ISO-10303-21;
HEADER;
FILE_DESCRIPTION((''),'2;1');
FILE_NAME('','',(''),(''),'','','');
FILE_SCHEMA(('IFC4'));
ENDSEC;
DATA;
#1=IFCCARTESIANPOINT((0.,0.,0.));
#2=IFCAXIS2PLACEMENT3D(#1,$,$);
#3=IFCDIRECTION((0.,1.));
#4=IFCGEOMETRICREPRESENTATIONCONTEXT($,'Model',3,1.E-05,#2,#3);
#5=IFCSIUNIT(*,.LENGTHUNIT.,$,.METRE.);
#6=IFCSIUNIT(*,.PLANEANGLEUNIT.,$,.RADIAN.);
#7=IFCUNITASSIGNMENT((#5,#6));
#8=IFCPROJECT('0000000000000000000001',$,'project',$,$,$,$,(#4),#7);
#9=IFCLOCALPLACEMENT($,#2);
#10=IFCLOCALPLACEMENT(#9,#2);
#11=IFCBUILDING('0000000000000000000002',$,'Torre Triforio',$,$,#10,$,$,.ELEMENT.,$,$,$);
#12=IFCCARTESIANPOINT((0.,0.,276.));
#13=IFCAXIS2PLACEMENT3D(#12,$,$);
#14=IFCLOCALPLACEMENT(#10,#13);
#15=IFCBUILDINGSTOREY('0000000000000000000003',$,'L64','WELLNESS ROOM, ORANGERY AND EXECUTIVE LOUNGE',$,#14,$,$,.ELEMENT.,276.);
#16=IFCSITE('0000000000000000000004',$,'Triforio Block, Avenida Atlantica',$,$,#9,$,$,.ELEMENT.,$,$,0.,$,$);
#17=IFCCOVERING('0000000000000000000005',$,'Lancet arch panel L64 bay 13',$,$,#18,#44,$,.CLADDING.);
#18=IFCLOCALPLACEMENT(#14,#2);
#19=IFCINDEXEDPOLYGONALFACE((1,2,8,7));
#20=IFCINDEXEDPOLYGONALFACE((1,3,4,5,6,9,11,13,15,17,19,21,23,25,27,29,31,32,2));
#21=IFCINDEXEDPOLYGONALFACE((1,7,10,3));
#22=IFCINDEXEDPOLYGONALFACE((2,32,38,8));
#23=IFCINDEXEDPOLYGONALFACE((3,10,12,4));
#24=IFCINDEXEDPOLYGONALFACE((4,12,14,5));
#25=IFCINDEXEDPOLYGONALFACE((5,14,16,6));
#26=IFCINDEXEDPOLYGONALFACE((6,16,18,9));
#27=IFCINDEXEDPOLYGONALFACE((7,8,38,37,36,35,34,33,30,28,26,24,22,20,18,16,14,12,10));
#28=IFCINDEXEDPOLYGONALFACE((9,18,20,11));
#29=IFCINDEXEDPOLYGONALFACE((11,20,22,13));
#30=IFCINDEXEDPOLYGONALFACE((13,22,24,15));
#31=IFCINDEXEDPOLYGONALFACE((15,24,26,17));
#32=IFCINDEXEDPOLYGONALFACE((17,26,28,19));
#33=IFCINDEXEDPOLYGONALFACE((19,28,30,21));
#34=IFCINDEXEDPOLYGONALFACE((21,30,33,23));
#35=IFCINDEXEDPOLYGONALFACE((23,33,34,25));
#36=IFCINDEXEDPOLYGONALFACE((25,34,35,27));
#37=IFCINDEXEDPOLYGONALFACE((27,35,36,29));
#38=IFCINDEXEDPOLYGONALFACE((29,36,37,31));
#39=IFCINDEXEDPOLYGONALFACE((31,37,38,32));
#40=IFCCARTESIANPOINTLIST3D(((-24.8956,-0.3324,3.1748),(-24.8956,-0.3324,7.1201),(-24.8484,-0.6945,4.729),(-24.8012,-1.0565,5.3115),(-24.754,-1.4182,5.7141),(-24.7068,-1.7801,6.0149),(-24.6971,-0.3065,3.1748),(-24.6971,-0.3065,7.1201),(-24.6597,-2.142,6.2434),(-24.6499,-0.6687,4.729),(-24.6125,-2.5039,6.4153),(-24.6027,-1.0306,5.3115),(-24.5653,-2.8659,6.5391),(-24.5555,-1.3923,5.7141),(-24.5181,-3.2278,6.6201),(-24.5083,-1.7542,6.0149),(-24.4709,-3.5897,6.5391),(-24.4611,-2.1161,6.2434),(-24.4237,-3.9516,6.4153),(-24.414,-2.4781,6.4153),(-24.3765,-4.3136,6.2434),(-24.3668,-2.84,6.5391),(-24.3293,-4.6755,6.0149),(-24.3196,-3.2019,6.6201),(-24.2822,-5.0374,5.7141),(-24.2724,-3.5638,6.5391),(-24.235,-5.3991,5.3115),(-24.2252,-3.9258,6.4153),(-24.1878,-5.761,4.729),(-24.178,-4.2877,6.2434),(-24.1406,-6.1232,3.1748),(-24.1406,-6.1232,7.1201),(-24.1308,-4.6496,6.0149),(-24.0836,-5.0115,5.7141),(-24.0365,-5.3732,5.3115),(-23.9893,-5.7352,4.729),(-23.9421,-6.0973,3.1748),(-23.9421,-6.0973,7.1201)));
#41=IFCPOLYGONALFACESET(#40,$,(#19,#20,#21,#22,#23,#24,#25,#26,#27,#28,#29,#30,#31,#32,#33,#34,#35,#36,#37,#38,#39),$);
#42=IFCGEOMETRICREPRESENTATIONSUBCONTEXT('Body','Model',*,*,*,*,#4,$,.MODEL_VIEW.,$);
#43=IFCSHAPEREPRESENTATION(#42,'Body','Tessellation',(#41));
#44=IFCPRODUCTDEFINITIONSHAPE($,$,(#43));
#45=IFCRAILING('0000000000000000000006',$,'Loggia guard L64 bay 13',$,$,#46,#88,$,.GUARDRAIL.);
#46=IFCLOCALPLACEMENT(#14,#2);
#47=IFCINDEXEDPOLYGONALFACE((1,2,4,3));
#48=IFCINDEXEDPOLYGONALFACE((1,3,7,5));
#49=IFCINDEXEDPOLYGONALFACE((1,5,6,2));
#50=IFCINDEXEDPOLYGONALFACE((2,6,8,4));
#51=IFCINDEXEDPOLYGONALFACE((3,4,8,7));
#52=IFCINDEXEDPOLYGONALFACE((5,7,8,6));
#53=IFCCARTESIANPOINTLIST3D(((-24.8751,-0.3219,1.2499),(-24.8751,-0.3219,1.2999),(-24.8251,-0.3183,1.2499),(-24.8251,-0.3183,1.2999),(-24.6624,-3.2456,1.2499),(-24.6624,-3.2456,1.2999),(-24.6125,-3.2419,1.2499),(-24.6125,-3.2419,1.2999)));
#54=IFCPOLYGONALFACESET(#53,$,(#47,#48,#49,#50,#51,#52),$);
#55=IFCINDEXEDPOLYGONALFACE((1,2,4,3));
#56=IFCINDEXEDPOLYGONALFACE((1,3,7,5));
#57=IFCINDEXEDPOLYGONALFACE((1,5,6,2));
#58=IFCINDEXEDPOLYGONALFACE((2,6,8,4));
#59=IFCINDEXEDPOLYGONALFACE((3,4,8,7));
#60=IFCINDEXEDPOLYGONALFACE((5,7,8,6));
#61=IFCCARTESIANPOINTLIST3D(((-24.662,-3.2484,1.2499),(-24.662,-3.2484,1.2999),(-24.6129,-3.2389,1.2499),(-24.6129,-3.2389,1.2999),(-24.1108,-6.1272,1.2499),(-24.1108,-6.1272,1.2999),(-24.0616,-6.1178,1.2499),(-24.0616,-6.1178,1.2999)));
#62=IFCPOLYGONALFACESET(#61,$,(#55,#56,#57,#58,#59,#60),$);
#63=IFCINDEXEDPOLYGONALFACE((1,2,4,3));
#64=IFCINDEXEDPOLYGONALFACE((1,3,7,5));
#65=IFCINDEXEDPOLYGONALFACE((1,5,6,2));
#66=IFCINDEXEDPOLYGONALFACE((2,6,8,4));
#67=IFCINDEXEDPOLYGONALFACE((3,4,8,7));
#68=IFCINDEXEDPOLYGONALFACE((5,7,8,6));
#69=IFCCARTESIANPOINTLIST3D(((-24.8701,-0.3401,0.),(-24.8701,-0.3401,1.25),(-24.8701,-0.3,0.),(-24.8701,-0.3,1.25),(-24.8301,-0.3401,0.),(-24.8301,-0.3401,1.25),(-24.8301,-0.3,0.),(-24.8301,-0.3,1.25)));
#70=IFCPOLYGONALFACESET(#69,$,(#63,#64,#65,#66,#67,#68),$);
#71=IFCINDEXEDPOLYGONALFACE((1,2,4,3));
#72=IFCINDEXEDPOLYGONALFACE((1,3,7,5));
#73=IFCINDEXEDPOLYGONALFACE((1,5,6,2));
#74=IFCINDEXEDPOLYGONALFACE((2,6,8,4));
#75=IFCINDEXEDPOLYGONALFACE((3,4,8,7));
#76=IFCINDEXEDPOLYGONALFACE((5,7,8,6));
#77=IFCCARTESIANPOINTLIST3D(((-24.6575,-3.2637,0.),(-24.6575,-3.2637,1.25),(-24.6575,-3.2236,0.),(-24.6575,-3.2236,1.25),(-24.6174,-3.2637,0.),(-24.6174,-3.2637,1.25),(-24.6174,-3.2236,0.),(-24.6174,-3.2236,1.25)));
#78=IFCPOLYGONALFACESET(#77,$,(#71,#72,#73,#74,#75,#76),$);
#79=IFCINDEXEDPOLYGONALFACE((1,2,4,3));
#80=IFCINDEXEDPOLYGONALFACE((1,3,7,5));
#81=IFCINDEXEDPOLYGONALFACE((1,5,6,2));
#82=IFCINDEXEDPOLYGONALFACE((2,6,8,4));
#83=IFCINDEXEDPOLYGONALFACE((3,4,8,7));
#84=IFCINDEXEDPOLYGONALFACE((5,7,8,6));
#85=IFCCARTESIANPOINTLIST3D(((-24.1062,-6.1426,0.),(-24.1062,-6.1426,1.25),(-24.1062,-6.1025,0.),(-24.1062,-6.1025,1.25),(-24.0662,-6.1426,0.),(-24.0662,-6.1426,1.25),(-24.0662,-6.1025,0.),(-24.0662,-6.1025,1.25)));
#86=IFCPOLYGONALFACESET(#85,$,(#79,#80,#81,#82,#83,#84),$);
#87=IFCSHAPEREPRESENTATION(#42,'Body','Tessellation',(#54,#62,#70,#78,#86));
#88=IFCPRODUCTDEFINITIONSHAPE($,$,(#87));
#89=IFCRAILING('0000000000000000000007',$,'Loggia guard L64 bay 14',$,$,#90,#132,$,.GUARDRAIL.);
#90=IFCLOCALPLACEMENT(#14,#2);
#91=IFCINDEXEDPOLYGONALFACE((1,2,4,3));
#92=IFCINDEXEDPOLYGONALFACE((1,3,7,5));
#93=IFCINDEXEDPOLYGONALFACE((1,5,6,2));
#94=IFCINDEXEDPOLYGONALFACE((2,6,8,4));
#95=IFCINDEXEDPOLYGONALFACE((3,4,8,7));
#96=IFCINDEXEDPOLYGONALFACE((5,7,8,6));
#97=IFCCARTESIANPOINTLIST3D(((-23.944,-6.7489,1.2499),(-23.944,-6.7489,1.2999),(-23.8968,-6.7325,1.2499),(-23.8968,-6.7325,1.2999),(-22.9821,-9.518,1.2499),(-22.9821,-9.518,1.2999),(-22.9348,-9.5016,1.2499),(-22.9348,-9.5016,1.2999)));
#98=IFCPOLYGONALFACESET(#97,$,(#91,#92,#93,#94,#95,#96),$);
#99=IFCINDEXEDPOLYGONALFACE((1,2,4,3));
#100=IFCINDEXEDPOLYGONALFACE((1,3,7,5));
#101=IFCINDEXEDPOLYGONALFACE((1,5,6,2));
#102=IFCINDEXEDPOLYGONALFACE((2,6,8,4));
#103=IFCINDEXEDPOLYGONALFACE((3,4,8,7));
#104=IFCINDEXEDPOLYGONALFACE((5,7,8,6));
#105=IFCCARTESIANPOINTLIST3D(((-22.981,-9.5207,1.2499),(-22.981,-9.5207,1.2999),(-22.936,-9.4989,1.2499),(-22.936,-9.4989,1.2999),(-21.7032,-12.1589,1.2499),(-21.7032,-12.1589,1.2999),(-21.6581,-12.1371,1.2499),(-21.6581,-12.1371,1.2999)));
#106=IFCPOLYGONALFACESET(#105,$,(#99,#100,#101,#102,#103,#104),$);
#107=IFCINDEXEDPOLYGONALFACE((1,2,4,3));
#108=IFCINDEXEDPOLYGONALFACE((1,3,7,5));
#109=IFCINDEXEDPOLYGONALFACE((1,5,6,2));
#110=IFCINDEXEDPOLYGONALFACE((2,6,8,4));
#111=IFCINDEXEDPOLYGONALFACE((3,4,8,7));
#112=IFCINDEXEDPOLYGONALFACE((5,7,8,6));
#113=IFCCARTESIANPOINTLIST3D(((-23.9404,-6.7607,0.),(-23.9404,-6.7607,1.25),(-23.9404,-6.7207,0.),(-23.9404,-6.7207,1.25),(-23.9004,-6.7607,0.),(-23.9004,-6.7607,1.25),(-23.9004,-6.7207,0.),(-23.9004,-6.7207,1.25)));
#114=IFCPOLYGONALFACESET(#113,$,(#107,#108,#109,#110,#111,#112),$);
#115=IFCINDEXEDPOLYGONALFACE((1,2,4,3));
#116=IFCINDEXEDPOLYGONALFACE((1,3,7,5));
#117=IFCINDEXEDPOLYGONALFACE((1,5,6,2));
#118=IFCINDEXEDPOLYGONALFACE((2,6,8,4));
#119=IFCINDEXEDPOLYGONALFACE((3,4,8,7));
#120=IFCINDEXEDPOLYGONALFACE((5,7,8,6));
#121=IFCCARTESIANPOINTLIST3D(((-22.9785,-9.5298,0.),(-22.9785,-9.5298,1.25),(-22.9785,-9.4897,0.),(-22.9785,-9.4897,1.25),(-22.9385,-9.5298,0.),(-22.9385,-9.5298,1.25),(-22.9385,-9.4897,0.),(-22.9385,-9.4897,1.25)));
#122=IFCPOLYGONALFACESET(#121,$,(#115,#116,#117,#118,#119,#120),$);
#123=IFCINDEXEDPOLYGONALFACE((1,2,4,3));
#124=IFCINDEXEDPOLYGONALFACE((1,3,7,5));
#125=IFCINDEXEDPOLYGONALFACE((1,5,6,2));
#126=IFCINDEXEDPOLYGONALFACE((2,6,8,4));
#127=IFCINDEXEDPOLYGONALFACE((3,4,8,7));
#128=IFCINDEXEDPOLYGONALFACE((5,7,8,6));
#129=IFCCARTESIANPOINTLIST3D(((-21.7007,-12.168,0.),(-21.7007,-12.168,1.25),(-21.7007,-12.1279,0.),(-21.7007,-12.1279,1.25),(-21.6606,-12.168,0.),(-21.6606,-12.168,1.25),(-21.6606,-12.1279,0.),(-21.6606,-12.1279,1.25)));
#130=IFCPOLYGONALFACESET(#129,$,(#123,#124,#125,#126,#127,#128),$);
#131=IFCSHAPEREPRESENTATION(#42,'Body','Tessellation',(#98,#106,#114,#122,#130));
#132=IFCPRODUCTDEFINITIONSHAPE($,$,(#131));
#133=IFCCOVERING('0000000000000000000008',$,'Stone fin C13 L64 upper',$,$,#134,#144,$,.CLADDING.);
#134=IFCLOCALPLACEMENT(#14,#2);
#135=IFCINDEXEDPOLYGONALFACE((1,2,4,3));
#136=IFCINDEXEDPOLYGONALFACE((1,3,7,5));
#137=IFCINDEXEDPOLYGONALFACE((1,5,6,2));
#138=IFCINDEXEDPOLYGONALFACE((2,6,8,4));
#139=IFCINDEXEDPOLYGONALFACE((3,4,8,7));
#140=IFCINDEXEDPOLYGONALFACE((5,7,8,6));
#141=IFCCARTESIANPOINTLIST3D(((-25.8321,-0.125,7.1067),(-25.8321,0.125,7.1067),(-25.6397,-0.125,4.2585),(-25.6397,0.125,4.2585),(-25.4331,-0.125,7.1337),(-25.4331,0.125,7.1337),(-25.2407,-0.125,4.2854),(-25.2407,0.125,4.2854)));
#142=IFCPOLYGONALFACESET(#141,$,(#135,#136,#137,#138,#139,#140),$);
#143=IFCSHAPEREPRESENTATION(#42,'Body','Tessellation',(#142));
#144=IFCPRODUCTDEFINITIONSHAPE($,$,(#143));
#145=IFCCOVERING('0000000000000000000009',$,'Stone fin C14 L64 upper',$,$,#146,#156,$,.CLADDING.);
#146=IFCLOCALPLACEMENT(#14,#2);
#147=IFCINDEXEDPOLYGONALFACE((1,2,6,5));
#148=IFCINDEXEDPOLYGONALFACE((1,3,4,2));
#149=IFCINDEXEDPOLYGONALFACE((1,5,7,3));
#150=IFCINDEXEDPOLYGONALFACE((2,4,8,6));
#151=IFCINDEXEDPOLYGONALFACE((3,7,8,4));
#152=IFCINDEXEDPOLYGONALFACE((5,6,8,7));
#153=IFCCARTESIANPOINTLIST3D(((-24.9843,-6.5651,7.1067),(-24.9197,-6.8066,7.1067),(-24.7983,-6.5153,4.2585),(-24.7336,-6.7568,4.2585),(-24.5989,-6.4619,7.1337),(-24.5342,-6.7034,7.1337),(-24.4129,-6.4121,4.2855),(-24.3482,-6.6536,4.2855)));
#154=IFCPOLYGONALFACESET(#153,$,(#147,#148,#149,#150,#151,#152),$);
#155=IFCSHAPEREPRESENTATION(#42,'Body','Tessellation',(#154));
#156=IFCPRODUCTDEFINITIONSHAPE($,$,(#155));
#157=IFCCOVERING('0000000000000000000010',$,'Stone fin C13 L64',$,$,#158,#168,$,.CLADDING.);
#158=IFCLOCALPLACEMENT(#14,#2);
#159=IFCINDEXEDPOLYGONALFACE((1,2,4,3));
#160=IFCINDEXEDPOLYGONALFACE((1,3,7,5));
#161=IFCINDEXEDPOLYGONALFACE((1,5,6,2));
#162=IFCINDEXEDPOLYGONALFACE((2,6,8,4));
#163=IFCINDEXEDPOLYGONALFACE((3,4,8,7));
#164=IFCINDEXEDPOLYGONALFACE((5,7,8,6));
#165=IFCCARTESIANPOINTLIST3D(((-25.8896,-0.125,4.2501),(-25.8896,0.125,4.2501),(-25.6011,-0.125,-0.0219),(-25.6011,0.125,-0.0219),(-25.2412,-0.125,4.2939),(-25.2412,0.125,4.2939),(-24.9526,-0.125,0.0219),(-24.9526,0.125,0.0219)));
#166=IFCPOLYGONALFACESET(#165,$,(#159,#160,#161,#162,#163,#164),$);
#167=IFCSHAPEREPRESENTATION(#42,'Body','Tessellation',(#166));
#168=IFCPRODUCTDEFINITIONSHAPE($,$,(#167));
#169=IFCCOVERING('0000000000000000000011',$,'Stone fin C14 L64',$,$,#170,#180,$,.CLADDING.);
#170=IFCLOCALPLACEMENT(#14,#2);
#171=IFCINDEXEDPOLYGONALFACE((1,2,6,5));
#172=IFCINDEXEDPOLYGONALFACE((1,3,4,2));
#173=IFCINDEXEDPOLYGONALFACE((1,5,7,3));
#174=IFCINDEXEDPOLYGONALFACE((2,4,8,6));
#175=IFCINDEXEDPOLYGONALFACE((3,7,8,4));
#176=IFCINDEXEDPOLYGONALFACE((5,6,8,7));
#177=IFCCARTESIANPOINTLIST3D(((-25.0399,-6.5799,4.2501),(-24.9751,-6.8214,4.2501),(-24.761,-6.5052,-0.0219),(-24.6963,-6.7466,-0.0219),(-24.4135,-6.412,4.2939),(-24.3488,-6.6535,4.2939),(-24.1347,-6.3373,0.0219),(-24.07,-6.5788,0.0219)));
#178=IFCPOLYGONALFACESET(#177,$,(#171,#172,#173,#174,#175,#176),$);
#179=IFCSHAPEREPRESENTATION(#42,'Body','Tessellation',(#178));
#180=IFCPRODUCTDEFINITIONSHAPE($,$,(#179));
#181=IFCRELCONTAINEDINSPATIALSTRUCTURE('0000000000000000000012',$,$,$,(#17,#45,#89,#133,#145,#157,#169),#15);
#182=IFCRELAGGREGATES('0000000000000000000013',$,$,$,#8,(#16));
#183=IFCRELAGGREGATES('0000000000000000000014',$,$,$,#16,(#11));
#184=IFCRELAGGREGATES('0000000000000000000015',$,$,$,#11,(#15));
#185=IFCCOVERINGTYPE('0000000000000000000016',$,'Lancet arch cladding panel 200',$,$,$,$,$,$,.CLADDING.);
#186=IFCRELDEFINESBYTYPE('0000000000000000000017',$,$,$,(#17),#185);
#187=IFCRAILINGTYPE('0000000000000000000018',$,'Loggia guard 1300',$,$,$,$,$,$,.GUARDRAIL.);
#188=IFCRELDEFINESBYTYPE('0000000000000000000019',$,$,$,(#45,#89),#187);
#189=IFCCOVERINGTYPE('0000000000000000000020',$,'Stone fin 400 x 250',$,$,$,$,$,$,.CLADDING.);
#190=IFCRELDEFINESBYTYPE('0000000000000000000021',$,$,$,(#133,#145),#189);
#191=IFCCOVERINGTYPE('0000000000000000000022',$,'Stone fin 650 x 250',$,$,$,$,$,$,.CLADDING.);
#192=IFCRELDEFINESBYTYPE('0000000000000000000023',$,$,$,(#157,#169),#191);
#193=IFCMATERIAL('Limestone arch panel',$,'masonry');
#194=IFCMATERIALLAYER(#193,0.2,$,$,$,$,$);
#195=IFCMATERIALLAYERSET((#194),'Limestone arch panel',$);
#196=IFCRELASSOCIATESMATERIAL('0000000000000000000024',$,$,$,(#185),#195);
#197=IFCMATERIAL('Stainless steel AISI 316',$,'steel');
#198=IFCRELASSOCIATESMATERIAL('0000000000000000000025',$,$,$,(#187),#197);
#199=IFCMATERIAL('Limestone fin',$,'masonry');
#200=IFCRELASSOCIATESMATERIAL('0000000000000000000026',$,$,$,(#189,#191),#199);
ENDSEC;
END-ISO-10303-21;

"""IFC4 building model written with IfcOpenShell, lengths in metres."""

from ifc_helpers import new_model, si_unit, direction, frame, origin, origin_2d, place, context, subcontext, project, spatial, polyline, rectangle, outline, extrude, material, layer, layer_set, material_profile, profile_set, type_object, element, save


model = new_model("IFC4")

# Units and contexts
model_context = context("Model", 3, precision=1e-05, world=origin(), true_north=direction((0.0, 1.0)))
body_context = subcontext(model_context, "Body", "Model", "MODEL_VIEW")
ifc_project = project(units=[si_unit("LENGTHUNIT", "METRE"), si_unit("PLANEANGLEUNIT", "RADIAN")], contexts=[model_context])

# Site, building, storey
site_placement = place(None, origin())
site = spatial("IfcSite", under=ifc_project, at=site_placement, Name="Triforio Block, Avenida Atlantica", CompositionType="ELEMENT", RefElevation=0.0)
building_placement = place(site_placement, origin())
building = spatial("IfcBuilding", under=site, at=building_placement, Name="Torre Triforio", CompositionType="ELEMENT")
storey_placement = place(building_placement, frame((0.0, 0.0, 276.0)))
storey = spatial("IfcBuildingStorey", under=building, at=storey_placement, Name="L64", Description="WELLNESS ROOM, ORANGERY AND EXECUTIVE LOUNGE", CompositionType="ELEMENT", Elevation=276.0)

# Covering
ifc_material_1 = material(Name="Limestone arch panel", Category="masonry")
ifc_layer_1 = layer(ifc_material_1, 0.2)
ifc_layer_set_1 = layer_set([ifc_layer_1], Name="Limestone arch panel")
covering_type_1 = type_object("IfcCoveringType", Name="Lancet arch cladding panel 200", PredefinedType="CLADDING", material=ifc_layer_set_1)
covering_placement = place(storey_placement, frame((-24.3196, -3.2019, 0.0), z_axis=(-0.991607, -0.129287, 0.0), x_axis=(0.129287, -0.991607, 0.0)))
element("IfcCovering", 1, at=covering_placement, inside=storey, type_object=covering_type_1, Name="Lancet arch panel L64 bay 13", PredefinedType="CLADDING", context=body_context, shape_type="SweptSolid", body=[
    extrude(outline(polyline([(-2.9199, 7.1201), (-2.9199, 3.1748), (-2.5547, 4.729), (-2.1897, 5.3115), (-1.825, 5.7141), (-1.46, 6.0149), (-1.095, 6.2434), (-0.73, 6.4153), (-0.365, 6.5391), (0.0, 6.6201), (0.365, 6.5391), (0.73, 6.4153), (1.095, 6.2434), (1.46, 6.0149), (1.825, 5.7141), (2.1897, 5.3115), (2.5547, 4.729), (2.9199, 3.1748), (2.9199, 7.1201), (-2.9199, 7.1201)])), origin(), (0.0, 0.0, 1.0), 0.2002),
])

# Railings
ifc_material_2 = material(Name="Stainless steel AISI 316", Category="steel")
railing_type = type_object("IfcRailingType", Name="Loggia guard 1300", PredefinedType="GUARDRAIL", material=ifc_material_2)
railing_1_placement = place(storey_placement, frame((-24.8501, -0.3201, 0.0)))
element("IfcRailing", 2, at=railing_1_placement, inside=storey, type_object=railing_type, Name="Loggia guard L64 bay 13", PredefinedType="GUARDRAIL", context=body_context, shape_type="SweptSolid", body=[
    extrude(rectangle(XDim=0.05, YDim=0.05, at=origin_2d()), frame((0.0, 0.0, 1.2749), z_axis=(0.072543, -0.997365, 0.0), x_axis=(0.997365, 0.072543, 0.0)), (0.0, 0.0, 1.0), 2.9314),
    extrude(rectangle(XDim=0.05, YDim=0.05, at=origin_2d()), frame((0.2126, -2.9236, 1.2749), z_axis=(0.188069, -0.982156, 0.0), x_axis=(0.982156, 0.188069, 0.0)), (0.0, 0.0, 1.0), 2.9312),
    extrude(rectangle(XDim=0.04, YDim=0.04, at=origin_2d()), origin(), (0.0, 0.0, 1.0), 1.25),
    extrude(rectangle(XDim=0.04, YDim=0.04, at=origin_2d()), frame((0.2126, -2.9236, 0.0)), (0.0, 0.0, 1.0), 1.25),
    extrude(rectangle(XDim=0.04, YDim=0.04, at=origin_2d()), frame((0.7639, -5.8025, 0.0)), (0.0, 0.0, 1.0), 1.25),
])
railing_2_placement = place(storey_placement, frame((-23.9204, -6.7407, 0.0)))
element("IfcRailing", 3, at=railing_2_placement, inside=storey, type_object=railing_type, Name="Loggia guard L64 bay 14", PredefinedType="GUARDRAIL", context=body_context, shape_type="SweptSolid", body=[
    extrude(rectangle(XDim=0.05, YDim=0.05, at=origin_2d()), frame((0.0, 0.0, 1.2749), z_axis=(0.328146, -0.944627, 0.0), x_axis=(0.944627, 0.328146, 0.0)), (0.0, 0.0, 1.0), 2.9314),
    extrude(rectangle(XDim=0.05, YDim=0.05, at=origin_2d()), frame((0.9619, -2.769, 1.2749), z_axis=(0.435918, -0.899986, 0.0), x_axis=(0.899986, 0.435918, 0.0)), (0.0, 0.0, 1.0), 2.9314),
    extrude(rectangle(XDim=0.04, YDim=0.04, at=origin_2d()), origin(), (0.0, 0.0, 1.0), 1.25),
    extrude(rectangle(XDim=0.04, YDim=0.04, at=origin_2d()), frame((0.9619, -2.769, 0.0)), (0.0, 0.0, 1.0), 1.25),
    extrude(rectangle(XDim=0.04, YDim=0.04, at=origin_2d()), frame((2.2397, -5.4072, 0.0)), (0.0, 0.0, 1.0), 1.25),
])

# Coverings
ifc_material_3 = material(Name="Limestone fin", Category="masonry")
ifc_material_profile_1 = material_profile(ifc_material_3, rectangle(XDim=0.3999, YDim=0.25, at=origin_2d()), Name="FIN 400x250")
ifc_profile_set_1 = profile_set([ifc_material_profile_1], Name="Limestone fin")
covering_type_2 = type_object("IfcCoveringType", Name="Stone fin 400 x 250", PredefinedType="CLADDING", material=ifc_profile_set_1)
for number, where, z_axis, x_axis, name in (
    (4, (-25.4402, 0.0, 4.272), (-0.067393, 0.0, 0.997726), (0.997726, 0.0, 0.067393), "Stone fin C13 L64 upper"),
    (5, (-24.5732, -6.5845, 4.272), (-0.065169, -0.017447, 0.997722), (0.963781, 0.25802, 0.067464), "Stone fin C14 L64 upper"),
):
    element("IfcCovering", number, at=place(storey_placement, frame(where, z_axis=z_axis, x_axis=x_axis)), inside=storey, type_object=covering_type_2, Name=name, PredefinedType="CLADDING", context=body_context, shape_type="SweptSolid", body=[
        extrude(rectangle(XDim=0.3999, YDim=0.25, at=origin_2d()), origin(), (0.0, 0.0, 1.0), 2.8547),
    ])
ifc_material_profile_2 = material_profile(ifc_material_3, rectangle(XDim=0.6499, YDim=0.25, at=origin_2d()), Name="FIN 650x250")
ifc_profile_set_2 = profile_set([ifc_material_profile_2], Name="Limestone fin")
covering_type_3 = type_object("IfcCoveringType", Name="Stone fin 650 x 250", PredefinedType="CLADDING", material=ifc_profile_set_2)
for number, where, z_axis, x_axis, name in (
    (6, (-25.2769, 0.0, 0.0), (-0.067397, 0.0, 0.997726), (0.997726, 0.0, 0.067397), "Stone fin C13 L64"),
    (7, (-24.4155, -6.542, 0.0), (-0.065116, -0.017448, 0.997725), (0.963728, 0.258232, 0.067413), "Stone fin C14 L64"),
):
    element("IfcCovering", number, at=place(storey_placement, frame(where, z_axis=z_axis, x_axis=x_axis)), inside=storey, type_object=covering_type_3, Name=name, PredefinedType="CLADDING", context=body_context, shape_type="SweptSolid", body=[
        extrude(rectangle(XDim=0.6499, YDim=0.25, at=origin_2d()), origin(), (0.0, 0.0, 1.0), 4.2817),
    ])

save(model, "model.ifc")
